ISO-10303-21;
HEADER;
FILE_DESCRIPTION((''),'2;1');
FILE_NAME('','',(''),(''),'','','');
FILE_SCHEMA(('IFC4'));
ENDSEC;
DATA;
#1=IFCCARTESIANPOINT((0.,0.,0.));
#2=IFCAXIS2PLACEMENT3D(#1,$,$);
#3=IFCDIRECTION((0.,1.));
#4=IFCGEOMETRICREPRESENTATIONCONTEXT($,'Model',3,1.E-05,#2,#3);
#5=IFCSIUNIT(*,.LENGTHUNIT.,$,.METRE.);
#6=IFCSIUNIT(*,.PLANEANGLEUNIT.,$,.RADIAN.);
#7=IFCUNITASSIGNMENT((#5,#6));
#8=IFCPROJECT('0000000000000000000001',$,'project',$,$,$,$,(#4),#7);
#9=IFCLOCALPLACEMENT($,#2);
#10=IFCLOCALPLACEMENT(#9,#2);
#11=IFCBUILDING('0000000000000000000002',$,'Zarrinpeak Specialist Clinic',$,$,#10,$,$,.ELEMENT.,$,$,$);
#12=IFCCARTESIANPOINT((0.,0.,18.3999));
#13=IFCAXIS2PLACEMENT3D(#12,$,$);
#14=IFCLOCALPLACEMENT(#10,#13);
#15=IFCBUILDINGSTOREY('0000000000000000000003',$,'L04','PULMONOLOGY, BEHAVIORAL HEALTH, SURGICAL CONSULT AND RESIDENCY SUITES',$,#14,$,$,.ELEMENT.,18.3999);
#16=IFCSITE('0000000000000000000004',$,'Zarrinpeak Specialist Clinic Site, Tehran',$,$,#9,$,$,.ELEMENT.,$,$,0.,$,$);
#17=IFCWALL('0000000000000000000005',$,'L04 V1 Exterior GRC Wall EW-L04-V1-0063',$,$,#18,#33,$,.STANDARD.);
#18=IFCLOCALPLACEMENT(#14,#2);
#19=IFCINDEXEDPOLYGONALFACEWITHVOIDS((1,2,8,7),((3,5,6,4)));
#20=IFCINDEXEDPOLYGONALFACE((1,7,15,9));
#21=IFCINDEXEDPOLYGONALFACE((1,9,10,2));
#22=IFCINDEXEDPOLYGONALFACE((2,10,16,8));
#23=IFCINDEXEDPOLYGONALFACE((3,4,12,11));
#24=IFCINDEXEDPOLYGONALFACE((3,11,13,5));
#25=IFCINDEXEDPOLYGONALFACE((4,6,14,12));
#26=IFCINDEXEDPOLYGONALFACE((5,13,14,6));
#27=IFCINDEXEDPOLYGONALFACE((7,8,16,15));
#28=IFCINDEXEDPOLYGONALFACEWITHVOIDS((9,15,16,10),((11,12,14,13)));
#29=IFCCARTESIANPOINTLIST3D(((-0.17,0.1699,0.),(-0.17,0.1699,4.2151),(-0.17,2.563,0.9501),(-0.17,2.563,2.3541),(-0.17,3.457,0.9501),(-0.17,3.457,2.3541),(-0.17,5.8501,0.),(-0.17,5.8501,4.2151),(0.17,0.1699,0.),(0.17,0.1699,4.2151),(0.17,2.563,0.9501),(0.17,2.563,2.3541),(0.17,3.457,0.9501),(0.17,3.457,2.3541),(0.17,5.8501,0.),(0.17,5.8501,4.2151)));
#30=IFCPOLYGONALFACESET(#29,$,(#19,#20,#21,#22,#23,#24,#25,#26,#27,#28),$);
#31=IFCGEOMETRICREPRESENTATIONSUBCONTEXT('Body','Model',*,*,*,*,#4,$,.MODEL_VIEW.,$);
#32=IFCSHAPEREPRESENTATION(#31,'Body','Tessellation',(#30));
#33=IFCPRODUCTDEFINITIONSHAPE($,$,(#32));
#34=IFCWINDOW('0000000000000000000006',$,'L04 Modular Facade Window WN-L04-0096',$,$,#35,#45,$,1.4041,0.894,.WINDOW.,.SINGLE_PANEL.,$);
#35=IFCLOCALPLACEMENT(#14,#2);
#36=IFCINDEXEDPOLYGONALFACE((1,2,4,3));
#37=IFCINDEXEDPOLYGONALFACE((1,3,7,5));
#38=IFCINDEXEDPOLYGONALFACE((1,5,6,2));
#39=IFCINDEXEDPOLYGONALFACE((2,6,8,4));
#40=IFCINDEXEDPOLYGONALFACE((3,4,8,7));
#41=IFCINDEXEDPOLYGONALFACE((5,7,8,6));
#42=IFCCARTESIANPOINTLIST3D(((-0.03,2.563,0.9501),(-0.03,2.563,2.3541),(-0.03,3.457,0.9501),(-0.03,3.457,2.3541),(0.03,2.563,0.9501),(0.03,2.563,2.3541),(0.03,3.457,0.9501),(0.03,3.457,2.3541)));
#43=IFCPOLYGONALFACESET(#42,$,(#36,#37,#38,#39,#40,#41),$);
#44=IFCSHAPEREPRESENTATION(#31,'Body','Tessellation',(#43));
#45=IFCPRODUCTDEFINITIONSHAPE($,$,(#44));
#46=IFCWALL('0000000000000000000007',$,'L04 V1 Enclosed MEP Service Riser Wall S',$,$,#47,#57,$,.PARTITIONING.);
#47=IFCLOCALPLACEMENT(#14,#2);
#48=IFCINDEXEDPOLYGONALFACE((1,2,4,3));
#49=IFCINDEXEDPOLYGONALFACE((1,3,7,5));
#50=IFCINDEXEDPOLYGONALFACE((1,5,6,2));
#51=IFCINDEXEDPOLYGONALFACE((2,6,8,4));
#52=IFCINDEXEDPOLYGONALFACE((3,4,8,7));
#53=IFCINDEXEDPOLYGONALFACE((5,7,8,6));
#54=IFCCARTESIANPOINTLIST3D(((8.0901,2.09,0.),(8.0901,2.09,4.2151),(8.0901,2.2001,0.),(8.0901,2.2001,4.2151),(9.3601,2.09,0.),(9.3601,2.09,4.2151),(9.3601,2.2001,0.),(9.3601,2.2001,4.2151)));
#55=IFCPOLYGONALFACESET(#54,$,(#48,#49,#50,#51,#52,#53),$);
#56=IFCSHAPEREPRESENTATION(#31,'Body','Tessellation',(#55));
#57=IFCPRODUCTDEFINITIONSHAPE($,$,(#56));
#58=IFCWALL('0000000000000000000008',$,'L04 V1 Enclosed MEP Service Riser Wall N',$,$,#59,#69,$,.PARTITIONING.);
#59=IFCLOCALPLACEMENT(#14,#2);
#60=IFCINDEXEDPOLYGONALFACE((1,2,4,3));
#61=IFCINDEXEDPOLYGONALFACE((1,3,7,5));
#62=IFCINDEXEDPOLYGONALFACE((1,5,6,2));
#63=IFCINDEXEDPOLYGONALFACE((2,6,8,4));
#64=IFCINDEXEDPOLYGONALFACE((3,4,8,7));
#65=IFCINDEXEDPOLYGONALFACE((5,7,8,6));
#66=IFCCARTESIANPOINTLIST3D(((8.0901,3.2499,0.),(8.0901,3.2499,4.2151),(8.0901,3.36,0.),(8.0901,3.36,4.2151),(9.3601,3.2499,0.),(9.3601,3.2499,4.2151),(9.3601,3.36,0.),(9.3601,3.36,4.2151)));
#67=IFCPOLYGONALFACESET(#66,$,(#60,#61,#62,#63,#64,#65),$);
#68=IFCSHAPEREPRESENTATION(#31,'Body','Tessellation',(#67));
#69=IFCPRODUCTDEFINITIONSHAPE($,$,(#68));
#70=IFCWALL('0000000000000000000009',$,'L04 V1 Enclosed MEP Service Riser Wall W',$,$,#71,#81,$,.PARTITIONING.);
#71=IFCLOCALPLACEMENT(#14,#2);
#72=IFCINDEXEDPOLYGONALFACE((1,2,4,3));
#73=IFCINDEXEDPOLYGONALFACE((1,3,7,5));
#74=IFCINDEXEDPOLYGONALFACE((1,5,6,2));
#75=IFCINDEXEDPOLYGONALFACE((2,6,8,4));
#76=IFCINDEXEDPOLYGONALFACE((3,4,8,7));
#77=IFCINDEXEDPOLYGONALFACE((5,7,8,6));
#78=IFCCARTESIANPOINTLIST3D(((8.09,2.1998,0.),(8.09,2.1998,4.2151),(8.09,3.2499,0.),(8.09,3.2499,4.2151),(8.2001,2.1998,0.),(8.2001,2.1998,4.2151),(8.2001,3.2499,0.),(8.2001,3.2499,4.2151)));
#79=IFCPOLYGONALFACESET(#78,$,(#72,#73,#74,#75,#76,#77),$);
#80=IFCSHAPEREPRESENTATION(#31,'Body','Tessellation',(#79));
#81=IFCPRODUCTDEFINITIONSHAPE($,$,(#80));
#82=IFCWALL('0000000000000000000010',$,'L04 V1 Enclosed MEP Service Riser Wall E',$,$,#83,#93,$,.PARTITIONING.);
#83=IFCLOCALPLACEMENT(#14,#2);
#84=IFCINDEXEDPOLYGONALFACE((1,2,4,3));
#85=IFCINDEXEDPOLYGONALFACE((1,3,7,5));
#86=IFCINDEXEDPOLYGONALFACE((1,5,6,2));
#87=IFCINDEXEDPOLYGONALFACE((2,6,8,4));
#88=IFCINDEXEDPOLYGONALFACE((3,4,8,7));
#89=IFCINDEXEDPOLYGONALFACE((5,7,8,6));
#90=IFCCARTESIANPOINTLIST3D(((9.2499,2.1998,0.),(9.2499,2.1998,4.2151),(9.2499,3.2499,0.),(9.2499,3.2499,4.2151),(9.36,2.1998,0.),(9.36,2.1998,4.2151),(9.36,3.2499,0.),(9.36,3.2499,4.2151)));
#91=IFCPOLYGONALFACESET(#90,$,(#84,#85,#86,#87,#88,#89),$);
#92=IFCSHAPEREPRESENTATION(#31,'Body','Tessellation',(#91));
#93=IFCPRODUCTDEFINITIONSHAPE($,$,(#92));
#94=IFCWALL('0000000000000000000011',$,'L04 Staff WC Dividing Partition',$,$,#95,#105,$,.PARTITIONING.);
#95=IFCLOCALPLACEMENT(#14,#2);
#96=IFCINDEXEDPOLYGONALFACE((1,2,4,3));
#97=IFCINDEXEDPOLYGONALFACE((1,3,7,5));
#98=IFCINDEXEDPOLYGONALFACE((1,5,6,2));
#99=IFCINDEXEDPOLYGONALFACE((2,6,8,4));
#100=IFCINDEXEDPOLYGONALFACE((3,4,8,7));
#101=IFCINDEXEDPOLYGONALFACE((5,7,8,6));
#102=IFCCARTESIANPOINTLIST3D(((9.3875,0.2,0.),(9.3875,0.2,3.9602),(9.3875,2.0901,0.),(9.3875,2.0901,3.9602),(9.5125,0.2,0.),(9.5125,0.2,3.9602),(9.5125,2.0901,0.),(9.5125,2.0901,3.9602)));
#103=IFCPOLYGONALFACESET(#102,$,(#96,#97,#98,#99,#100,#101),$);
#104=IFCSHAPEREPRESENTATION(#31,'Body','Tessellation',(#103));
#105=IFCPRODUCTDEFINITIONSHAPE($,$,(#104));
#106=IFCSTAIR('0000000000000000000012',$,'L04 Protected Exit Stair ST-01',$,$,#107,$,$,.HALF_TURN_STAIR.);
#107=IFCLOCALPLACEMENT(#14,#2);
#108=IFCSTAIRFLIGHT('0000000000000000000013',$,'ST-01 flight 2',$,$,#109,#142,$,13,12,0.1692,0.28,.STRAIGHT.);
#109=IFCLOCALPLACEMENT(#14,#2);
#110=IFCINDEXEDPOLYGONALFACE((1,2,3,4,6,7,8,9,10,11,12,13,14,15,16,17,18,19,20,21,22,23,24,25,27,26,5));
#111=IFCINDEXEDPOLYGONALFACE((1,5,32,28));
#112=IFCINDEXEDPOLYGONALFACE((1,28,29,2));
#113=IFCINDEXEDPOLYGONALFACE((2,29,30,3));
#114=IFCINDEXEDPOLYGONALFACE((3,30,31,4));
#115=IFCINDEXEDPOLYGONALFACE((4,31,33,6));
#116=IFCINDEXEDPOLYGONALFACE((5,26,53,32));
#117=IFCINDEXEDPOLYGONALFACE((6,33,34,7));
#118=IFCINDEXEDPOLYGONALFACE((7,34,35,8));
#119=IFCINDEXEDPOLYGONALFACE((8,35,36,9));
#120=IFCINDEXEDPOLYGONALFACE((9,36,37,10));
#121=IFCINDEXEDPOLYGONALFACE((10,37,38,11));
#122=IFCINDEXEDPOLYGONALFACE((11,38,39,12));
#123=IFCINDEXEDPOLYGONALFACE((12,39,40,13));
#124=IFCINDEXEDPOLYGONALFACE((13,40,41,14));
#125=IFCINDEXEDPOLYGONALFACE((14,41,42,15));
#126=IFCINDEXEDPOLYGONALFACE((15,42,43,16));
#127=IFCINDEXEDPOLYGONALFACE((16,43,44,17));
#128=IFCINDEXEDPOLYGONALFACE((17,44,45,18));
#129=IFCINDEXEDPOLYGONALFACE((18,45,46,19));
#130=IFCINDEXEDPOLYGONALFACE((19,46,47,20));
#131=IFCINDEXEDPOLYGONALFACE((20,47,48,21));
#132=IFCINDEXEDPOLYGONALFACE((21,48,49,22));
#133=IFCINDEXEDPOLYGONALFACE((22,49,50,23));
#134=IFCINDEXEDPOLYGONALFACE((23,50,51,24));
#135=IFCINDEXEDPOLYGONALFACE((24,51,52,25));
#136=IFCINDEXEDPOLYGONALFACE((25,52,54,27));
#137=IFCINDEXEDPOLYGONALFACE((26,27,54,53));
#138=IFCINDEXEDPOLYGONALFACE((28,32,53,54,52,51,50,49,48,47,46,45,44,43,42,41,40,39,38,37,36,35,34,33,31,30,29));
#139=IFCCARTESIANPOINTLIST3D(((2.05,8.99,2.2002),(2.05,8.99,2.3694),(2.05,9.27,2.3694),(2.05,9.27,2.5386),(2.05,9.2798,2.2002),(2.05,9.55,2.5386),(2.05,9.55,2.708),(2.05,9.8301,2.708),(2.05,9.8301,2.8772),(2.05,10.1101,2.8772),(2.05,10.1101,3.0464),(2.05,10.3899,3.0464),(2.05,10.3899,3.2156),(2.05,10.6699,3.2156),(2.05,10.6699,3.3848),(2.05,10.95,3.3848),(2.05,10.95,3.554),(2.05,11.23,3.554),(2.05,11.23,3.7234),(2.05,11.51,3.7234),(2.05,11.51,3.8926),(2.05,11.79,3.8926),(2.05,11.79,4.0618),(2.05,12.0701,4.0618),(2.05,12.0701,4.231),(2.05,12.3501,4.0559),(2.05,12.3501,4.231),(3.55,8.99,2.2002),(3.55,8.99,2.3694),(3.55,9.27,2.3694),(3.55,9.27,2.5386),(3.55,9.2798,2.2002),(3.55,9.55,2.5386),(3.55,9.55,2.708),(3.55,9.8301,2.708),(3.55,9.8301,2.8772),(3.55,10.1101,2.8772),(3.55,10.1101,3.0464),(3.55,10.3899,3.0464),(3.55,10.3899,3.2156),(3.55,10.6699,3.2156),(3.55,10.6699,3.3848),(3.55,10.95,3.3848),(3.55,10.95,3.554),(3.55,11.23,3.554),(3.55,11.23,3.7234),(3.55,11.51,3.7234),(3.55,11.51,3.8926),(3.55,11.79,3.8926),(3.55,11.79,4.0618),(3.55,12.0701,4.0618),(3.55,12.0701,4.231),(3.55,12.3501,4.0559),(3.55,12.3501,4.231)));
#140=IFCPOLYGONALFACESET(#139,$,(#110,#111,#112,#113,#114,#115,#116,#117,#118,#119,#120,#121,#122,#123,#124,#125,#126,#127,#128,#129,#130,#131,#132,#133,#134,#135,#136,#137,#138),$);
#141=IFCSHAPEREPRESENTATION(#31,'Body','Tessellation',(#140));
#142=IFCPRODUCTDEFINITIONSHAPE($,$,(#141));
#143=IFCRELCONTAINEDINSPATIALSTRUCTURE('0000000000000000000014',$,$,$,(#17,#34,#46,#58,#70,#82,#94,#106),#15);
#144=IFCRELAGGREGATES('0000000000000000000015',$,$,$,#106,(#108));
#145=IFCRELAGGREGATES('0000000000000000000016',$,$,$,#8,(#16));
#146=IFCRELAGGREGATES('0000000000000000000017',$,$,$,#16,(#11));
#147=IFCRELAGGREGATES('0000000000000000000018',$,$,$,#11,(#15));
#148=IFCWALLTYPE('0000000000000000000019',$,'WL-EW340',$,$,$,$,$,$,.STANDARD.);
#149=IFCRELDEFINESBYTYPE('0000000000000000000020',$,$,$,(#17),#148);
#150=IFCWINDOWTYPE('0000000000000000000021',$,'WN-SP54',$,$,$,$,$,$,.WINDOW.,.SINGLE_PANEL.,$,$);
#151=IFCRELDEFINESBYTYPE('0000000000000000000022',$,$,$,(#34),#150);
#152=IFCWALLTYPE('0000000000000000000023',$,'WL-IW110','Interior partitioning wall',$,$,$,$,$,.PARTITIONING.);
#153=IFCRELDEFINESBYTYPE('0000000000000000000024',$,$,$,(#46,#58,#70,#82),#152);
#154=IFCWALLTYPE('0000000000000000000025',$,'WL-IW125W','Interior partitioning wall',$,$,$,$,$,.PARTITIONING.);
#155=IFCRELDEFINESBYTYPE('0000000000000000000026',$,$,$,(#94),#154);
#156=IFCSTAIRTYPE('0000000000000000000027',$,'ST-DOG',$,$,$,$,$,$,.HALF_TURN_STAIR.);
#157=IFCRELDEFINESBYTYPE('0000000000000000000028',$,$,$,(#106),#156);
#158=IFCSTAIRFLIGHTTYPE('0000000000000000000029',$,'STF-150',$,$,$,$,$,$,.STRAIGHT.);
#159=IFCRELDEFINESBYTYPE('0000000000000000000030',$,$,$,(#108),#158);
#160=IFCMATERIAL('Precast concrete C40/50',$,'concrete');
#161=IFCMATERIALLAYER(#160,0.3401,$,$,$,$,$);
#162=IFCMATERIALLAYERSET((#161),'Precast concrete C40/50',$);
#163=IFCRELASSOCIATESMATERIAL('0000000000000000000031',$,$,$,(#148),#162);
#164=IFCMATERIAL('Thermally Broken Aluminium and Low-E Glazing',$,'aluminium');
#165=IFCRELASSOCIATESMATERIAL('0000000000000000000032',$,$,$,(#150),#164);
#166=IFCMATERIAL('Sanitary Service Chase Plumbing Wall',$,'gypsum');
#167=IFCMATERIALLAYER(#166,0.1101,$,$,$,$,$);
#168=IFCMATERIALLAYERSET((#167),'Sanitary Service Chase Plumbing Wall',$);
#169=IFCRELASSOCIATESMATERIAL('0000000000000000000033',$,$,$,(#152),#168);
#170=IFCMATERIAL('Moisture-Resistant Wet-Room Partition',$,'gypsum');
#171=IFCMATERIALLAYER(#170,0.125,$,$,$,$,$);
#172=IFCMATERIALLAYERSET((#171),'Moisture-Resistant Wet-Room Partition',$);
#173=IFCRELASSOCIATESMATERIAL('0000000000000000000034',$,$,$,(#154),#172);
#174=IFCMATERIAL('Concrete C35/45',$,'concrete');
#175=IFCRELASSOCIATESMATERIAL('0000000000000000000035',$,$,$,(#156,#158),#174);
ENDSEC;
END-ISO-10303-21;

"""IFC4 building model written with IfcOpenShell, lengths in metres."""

from ifc_helpers import new_model, si_unit, direction, frame, frame_2d, origin, place, context, subcontext, project, spatial, polyline, rectangle, outline, extrude, material, layer, layer_set, type_object, element, fill, aggregate, save


model = new_model("IFC4")

# Units and contexts
model_context = context("Model", 3, precision=1e-05, world=origin(), true_north=direction((0.0, 1.0)))
body_context = subcontext(model_context, "Body", "Model", "MODEL_VIEW")
ifc_project = project(units=[si_unit("LENGTHUNIT", "METRE"), si_unit("PLANEANGLEUNIT", "RADIAN")], contexts=[model_context])

# Site, building, storey
site_placement = place(None, origin())
site = spatial("IfcSite", under=ifc_project, at=site_placement, Name="Zarrinpeak Specialist Clinic Site, Tehran", CompositionType="ELEMENT", RefElevation=0.0)
building_placement = place(site_placement, origin())
building = spatial("IfcBuilding", under=site, at=building_placement, Name="Zarrinpeak Specialist Clinic", CompositionType="ELEMENT")
storey_placement = place(building_placement, frame((0.0, 0.0, 18.3999)))
storey = spatial("IfcBuildingStorey", under=building, at=storey_placement, Name="L04", Description="PULMONOLOGY, BEHAVIORAL HEALTH, SURGICAL CONSULT AND RESIDENCY SUITES", CompositionType="ELEMENT", Elevation=18.3999)

# Wall, opening, window
ifc_material_1 = material(Name="Precast concrete C40/50", Category="concrete")
ifc_layer_1 = layer(ifc_material_1, 0.3401)
ifc_layer_set_1 = layer_set([ifc_layer_1], Name="Precast concrete C40/50")
wall_type_1 = type_object("IfcWallType", Name="WL-EW340", PredefinedType="STANDARD", material=ifc_layer_set_1)
ifc_material_2 = material(Name="Thermally Broken Aluminium and Low-E Glazing", Category="aluminium")
wall_1_placement = place(storey_placement, frame((0.0, 5.8501, 0.0), z_axis=(0.0, 0.0, 1.0), x_axis=(0.0, -1.0, 0.0)))
wall_1 = element("IfcWall", 1, at=wall_1_placement, inside=storey, type_object=wall_type_1, Name="L04 V1 Exterior GRC Wall EW-L04-V1-0063", PredefinedType="STANDARD", context=body_context, shape_type="SweptSolid", body=[
    extrude(rectangle(XDim=5.6802, YDim=0.3401, at=frame_2d((2.8401, 0.0))), origin(), (0.0, 0.0, 1.0), 4.2151),
])
opening_1_placement = place(wall_1_placement, frame((2.3931, 0.0, 0.95)))
opening_1 = element("IfcOpeningElement", 2, at=opening_1_placement, cuts=wall_1, PredefinedType="OPENING", context=body_context, shape_type="SweptSolid", body=[
    extrude(rectangle(XDim=0.894, YDim=1.4041, at=frame_2d((0.447, 0.7021))), frame((0.0, 0.1802, 0.0), z_axis=(0.0, -1.0, 0.0), x_axis=(1.0, 0.0, 0.0)), (0.0, 0.0, 1.0), 0.3601),
])
window_type_1 = type_object("IfcWindowType", Name="WN-SP54", PartitioningType="SINGLE_PANEL", PredefinedType="WINDOW", material=ifc_material_2)
window_1_placement = place(opening_1_placement, origin())
window_1 = element("IfcWindow", 3, at=window_1_placement, inside=storey, type_object=window_type_1, Name="L04 Modular Facade Window WN-L04-0096", OverallHeight=1.4041, OverallWidth=0.894, PartitioningType="SINGLE_PANEL", PredefinedType="WINDOW", context=body_context, shape_type="SweptSolid", body=[
    extrude(rectangle(XDim=0.894, YDim=1.4041, at=frame_2d((0.447, 0.7021))), frame((0.0, 0.03, 0.0), z_axis=(0.0, -1.0, 0.0), x_axis=(1.0, 0.0, 0.0)), (0.0, 0.0, 1.0), 0.0601),
])
fill(opening_1, window_1)

# Walls
ifc_material_3 = material(Name="Sanitary Service Chase Plumbing Wall", Category="gypsum")
ifc_layer_2 = layer(ifc_material_3, 0.1101)
ifc_layer_set_2 = layer_set([ifc_layer_2], Name="Sanitary Service Chase Plumbing Wall")
wall_type_2 = type_object("IfcWallType", Name="WL-IW110", Description="Interior partitioning wall", PredefinedType="PARTITIONING", material=ifc_layer_set_2)
for number, where, z_axis, x_axis, name in (
    (4, (8.0901, 2.145, 0.0), (0.0, 0.0, 1.0), (1.0, 0.0, 0.0), "L04 V1 Enclosed MEP Service Riser Wall S"),
    (5, (8.0901, 3.3049, 0.0), (0.0, 0.0, 1.0), (1.0, 0.0, 0.0), "L04 V1 Enclosed MEP Service Riser Wall N"),
):
    element("IfcWall", number, at=place(storey_placement, frame(where, z_axis=z_axis, x_axis=x_axis)), inside=storey, type_object=wall_type_2, Name=name, PredefinedType="PARTITIONING", context=body_context, shape_type="SweptSolid", body=[
        extrude(rectangle(XDim=1.27, YDim=0.1101, at=frame_2d((0.635, 0.0))), origin(), (0.0, 0.0, 1.0), 4.2151),
    ])
for number, where, z_axis, x_axis, name in (
    (6, (8.145, 2.2, 0.0), (0.0, 0.0, 1.0), (0.0, 1.0, 0.0), "L04 V1 Enclosed MEP Service Riser Wall W"),
    (7, (9.3049, 2.2, 0.0), (0.0, 0.0, 1.0), (0.0, 1.0, 0.0), "L04 V1 Enclosed MEP Service Riser Wall E"),
):
    element("IfcWall", number, at=place(storey_placement, frame(where, z_axis=z_axis, x_axis=x_axis)), inside=storey, type_object=wall_type_2, Name=name, PredefinedType="PARTITIONING", context=body_context, shape_type="SweptSolid", body=[
        extrude(rectangle(XDim=1.05, YDim=0.1101, at=frame_2d((0.5249, 0.0))), origin(), (0.0, 0.0, 1.0), 4.2151),
    ])
ifc_material_4 = material(Name="Moisture-Resistant Wet-Room Partition", Category="gypsum")
ifc_layer_3 = layer(ifc_material_4, 0.125)
ifc_layer_set_3 = layer_set([ifc_layer_3], Name="Moisture-Resistant Wet-Room Partition")
wall_type_3 = type_object("IfcWallType", Name="WL-IW125W", Description="Interior partitioning wall", PredefinedType="PARTITIONING", material=ifc_layer_set_3)
wall_2_placement = place(storey_placement, frame((9.45, 0.2, 0.0), z_axis=(0.0, 0.0, 1.0), x_axis=(0.0, 1.0, 0.0)))
element("IfcWall", 8, at=wall_2_placement, inside=storey, type_object=wall_type_3, Name="L04 Staff WC Dividing Partition", PredefinedType="PARTITIONING", context=body_context, shape_type="SweptSolid", body=[
    extrude(rectangle(XDim=1.8901, YDim=0.125, at=frame_2d((0.9451, 0.0))), origin(), (0.0, 0.0, 1.0), 3.9602),
])

# Stair, stair flight
ifc_material_5 = material(Name="Concrete C35/45", Category="concrete")
stair_type = type_object("IfcStairType", Name="ST-DOG", PredefinedType="HALF_TURN_STAIR", material=ifc_material_5)
stair_placement = place(storey_placement, origin())
stair = element("IfcStair", 9, at=stair_placement, inside=storey, type_object=stair_type, Name="L04 Protected Exit Stair ST-01", PredefinedType="HALF_TURN_STAIR")
stair_flight_type = type_object("IfcStairFlightType", Name="STF-150", PredefinedType="STRAIGHT", material=ifc_material_5)
stair_flight_placement = place(storey_placement, frame((2.8, 8.99, 2.2002), z_axis=(0.0, 0.0, 1.0), x_axis=(0.0, 1.0, 0.0)))
stair_flight = element("IfcStairFlight", 10, at=stair_flight_placement, type_object=stair_flight_type, Name="ST-01 flight 2", NumberOfRisers=13, NumberOfTreads=12, PredefinedType="STRAIGHT", RiserHeight=0.1692, TreadLength=0.28, context=body_context, shape_type="SweptSolid", body=[
    extrude(outline(polyline([(0.0, 0.0), (0.0, 0.1692), (0.28, 0.1692), (0.28, 0.3384), (0.5601, 0.3384), (0.5601, 0.5078), (0.8401, 0.5078), (0.8401, 0.677), (1.1201, 0.677), (1.1201, 0.8462), (1.3999, 0.8462), (1.3999, 1.0154), (1.6799, 1.0154), (1.6799, 1.1846), (1.96, 1.1846), (1.96, 1.3538), (2.24, 1.3538), (2.24, 1.5232), (2.52, 1.5232), (2.52, 1.6924), (2.8, 1.6924), (2.8, 1.8616), (3.0801, 1.8616), (3.0801, 2.0308), (3.3601, 2.0308), (3.3601, 2.2), (3.3601, 1.8557), (0.2898, 0.0), (0.0, 0.0)])), frame((0.0, 0.75, 0.0), z_axis=(0.0, -1.0, 0.0), x_axis=(1.0, 0.0, 0.0)), (0.0, 0.0, 1.0), 1.5),
])
aggregate(stair, [stair_flight])

save(model, "model.ifc")
